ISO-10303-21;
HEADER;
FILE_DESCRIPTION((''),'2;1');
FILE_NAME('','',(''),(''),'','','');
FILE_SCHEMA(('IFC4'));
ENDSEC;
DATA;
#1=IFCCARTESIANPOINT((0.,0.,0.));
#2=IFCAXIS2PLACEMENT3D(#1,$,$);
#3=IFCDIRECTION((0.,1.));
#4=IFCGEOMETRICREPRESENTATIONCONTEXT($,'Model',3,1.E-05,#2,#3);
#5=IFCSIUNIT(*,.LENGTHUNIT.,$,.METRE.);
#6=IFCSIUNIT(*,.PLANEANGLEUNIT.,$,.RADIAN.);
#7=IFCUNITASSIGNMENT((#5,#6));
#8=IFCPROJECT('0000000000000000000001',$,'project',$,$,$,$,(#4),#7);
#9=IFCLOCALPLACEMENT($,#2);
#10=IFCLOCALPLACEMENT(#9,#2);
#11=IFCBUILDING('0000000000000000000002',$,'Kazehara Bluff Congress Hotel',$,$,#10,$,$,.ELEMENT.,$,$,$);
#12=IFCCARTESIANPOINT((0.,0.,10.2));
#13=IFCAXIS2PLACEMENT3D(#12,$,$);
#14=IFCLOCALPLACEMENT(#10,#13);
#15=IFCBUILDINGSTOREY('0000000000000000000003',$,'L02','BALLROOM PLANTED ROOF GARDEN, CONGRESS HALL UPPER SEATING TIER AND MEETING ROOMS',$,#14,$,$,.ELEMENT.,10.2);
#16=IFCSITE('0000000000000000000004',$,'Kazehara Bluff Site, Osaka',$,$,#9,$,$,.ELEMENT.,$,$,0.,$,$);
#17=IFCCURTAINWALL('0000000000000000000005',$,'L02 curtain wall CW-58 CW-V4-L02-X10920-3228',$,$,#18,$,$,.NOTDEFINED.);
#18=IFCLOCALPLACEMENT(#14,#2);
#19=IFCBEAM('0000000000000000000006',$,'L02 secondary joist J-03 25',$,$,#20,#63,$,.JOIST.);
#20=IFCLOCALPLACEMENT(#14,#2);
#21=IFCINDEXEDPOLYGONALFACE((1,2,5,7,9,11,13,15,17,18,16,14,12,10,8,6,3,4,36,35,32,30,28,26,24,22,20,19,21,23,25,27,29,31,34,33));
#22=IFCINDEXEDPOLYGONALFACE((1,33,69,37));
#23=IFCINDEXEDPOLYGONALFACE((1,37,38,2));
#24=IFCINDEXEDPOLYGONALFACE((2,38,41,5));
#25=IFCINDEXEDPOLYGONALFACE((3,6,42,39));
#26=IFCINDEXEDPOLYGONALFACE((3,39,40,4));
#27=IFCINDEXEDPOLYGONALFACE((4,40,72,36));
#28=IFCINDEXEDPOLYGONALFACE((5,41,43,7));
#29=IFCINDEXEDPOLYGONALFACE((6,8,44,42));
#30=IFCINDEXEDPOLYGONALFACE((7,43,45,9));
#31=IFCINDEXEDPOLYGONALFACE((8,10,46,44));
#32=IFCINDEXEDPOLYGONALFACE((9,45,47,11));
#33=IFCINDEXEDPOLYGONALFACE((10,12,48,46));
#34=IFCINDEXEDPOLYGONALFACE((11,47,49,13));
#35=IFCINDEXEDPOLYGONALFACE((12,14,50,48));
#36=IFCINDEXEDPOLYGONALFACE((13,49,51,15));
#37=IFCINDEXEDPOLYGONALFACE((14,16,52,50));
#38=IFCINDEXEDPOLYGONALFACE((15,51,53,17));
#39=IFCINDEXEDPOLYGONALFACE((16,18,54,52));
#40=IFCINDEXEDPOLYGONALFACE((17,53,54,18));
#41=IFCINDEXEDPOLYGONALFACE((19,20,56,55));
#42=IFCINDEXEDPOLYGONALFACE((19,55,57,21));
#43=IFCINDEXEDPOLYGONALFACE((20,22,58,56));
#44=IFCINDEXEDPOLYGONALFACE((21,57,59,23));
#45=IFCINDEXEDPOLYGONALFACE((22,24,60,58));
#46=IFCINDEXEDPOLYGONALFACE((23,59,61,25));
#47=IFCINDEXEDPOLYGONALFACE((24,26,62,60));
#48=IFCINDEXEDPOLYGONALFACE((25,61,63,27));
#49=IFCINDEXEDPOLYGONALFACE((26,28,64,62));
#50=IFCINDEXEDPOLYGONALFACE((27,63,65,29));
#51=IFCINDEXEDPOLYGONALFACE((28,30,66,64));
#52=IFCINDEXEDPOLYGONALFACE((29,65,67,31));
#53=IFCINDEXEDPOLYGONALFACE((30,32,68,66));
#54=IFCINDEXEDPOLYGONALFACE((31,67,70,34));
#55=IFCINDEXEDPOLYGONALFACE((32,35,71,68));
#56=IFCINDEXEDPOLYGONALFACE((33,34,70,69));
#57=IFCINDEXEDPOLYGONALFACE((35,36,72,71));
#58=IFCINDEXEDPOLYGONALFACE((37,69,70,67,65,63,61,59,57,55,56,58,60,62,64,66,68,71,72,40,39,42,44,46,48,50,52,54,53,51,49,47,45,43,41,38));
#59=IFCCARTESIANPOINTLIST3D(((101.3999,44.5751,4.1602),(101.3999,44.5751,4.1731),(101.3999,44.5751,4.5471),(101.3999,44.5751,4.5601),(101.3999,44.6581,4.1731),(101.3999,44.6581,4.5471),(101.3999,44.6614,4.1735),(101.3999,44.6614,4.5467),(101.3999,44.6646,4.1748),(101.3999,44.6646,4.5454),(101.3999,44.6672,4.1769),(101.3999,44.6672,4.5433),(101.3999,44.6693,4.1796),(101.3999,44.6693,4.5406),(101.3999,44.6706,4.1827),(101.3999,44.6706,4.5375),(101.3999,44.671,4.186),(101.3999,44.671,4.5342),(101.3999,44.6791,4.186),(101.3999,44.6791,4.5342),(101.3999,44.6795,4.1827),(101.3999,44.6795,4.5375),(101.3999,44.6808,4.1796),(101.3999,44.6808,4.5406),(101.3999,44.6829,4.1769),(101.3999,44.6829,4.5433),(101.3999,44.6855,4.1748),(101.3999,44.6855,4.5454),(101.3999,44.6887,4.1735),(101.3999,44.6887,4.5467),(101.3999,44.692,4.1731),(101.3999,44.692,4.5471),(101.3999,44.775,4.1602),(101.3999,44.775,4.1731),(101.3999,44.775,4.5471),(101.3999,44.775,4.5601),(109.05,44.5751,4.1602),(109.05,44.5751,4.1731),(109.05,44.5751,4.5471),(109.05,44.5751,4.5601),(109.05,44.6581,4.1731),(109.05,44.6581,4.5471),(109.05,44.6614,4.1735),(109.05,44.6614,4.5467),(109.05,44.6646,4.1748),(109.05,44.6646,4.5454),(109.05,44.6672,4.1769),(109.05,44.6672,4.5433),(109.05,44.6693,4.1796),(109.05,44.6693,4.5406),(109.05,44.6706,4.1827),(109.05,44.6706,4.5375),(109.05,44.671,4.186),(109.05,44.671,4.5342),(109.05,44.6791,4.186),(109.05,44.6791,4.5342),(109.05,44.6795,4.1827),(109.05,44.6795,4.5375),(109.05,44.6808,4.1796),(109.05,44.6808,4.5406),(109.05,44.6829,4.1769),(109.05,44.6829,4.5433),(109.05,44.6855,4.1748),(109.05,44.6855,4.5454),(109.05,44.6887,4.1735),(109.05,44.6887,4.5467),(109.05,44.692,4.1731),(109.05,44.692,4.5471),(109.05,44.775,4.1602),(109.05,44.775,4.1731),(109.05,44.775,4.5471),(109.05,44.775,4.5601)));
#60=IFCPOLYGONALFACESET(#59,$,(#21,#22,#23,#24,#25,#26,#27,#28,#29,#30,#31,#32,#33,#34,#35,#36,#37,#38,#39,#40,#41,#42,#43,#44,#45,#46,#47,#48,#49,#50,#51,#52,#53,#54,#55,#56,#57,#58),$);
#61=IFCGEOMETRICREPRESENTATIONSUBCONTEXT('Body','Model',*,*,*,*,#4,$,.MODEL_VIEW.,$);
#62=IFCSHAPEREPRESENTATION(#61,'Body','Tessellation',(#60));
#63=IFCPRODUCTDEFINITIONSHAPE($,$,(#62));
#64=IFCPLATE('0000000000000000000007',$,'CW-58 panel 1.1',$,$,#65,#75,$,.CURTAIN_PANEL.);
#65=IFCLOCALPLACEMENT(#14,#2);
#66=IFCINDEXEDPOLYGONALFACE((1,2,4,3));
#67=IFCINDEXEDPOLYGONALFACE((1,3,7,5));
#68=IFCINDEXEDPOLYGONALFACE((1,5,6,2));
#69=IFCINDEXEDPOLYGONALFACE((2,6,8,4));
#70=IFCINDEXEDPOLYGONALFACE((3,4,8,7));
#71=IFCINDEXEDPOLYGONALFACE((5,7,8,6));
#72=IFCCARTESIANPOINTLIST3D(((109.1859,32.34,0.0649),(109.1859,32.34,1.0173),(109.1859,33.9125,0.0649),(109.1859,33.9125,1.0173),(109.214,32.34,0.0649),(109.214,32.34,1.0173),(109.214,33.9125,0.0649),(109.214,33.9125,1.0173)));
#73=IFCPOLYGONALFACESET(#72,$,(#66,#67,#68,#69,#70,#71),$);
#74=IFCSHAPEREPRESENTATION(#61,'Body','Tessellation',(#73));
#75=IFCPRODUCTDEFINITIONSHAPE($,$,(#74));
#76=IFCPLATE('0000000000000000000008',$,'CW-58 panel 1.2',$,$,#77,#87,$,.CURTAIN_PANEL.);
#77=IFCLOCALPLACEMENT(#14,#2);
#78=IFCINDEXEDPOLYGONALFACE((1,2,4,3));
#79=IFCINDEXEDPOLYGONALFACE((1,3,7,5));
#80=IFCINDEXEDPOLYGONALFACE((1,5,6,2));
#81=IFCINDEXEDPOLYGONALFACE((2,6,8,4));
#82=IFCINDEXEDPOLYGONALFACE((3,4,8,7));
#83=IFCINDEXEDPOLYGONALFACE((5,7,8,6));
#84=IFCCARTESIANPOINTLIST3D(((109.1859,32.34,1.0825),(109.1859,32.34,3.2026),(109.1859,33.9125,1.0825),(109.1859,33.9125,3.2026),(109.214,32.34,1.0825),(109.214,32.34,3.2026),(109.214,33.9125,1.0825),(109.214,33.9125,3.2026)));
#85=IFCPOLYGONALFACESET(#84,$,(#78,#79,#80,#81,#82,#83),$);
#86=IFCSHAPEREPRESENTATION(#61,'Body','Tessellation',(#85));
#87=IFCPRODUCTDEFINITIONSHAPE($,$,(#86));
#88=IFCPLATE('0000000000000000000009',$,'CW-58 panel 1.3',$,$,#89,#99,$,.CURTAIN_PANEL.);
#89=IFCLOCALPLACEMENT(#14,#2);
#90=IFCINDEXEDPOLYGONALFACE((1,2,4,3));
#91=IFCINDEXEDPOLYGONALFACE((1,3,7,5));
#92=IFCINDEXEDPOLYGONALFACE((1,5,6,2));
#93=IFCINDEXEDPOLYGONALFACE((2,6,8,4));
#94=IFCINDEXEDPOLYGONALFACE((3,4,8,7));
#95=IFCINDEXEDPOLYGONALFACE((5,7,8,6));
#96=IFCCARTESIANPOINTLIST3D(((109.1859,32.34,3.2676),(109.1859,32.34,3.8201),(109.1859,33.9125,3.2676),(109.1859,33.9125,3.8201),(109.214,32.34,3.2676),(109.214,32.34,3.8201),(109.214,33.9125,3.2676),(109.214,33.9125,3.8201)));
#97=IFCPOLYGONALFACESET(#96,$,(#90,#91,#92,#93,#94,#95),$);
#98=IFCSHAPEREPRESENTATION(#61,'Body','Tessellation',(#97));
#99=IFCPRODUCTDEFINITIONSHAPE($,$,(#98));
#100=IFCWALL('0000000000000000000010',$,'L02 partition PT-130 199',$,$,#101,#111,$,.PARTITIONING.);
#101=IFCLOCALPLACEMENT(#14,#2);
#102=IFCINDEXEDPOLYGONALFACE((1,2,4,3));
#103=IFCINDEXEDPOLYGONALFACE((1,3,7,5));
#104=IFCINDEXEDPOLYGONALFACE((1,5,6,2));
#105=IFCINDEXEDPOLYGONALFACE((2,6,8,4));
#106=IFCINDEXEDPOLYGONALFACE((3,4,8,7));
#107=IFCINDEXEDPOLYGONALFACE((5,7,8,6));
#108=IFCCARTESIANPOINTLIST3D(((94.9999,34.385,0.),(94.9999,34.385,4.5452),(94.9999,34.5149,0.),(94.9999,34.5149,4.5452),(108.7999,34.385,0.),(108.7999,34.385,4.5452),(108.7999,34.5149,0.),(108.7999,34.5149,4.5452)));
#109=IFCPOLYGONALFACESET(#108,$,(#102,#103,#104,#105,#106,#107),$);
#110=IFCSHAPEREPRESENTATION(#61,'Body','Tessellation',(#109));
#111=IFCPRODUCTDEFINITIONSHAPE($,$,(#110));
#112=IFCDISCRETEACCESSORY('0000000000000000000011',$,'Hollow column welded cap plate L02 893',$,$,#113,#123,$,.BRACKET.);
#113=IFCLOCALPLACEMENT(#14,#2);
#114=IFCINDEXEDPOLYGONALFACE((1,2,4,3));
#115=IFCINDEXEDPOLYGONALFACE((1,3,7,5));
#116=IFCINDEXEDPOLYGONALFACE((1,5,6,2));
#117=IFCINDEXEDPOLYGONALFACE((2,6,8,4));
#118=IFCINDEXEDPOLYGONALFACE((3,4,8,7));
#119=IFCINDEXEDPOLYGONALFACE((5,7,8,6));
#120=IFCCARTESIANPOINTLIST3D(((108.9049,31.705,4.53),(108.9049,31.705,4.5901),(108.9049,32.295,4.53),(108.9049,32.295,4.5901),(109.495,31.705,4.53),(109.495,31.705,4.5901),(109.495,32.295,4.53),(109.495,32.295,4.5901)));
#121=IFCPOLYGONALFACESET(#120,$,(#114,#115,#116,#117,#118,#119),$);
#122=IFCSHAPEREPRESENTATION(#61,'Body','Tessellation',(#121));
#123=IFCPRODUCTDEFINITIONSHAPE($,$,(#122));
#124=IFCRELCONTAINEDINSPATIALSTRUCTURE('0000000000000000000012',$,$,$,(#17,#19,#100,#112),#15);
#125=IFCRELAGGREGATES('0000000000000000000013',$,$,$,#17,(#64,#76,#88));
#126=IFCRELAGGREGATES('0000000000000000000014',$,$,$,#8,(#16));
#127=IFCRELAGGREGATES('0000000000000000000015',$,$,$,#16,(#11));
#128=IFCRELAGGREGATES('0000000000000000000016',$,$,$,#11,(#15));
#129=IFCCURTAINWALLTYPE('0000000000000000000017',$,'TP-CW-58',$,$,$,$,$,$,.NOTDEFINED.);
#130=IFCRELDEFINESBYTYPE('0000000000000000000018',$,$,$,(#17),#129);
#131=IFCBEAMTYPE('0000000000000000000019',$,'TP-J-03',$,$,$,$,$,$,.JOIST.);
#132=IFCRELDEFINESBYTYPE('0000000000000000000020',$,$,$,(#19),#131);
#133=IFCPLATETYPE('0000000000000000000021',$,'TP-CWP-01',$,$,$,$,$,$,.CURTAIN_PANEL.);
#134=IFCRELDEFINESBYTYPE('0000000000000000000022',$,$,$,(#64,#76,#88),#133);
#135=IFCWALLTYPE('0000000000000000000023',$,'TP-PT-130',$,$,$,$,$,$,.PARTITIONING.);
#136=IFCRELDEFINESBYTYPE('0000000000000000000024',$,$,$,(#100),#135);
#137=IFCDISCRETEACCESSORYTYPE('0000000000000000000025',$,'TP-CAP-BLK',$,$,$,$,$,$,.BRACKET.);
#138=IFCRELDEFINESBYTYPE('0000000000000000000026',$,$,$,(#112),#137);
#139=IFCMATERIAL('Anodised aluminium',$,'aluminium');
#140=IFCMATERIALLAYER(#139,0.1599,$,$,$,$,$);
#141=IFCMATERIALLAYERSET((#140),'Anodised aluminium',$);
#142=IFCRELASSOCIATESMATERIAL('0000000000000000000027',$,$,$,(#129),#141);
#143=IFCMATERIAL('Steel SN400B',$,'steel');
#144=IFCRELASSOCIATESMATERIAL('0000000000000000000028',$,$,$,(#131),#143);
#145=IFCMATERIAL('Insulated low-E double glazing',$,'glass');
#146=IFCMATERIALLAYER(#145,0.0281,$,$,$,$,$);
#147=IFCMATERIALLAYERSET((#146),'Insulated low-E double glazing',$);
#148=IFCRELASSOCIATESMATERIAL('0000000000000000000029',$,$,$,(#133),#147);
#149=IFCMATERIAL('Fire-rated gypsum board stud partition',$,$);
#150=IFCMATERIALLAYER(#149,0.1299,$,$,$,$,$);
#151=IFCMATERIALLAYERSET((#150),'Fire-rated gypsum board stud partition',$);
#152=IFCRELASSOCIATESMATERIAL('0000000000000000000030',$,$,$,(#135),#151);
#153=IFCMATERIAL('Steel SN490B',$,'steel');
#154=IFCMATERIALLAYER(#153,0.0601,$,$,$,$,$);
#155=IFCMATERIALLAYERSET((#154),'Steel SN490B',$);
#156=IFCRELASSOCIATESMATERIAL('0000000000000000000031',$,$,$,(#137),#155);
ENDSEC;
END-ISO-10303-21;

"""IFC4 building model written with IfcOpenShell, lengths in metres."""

from ifc_helpers import new_model, si_unit, direction, frame, frame_2d, origin, origin_2d, place, context, subcontext, project, spatial, rectangle, i_section, extrude, material, layer, layer_set, material_profile, profile_set, type_object, element, aggregate, save


model = new_model("IFC4")

# Units and contexts
model_context = context("Model", 3, precision=1e-05, world=origin(), true_north=direction((0.0, 1.0)))
body_context = subcontext(model_context, "Body", "Model", "MODEL_VIEW")
ifc_project = project(units=[si_unit("LENGTHUNIT", "METRE"), si_unit("PLANEANGLEUNIT", "RADIAN")], contexts=[model_context])

# Site, building, storey
site_placement = place(None, origin())
site = spatial("IfcSite", under=ifc_project, at=site_placement, Name="Kazehara Bluff Site, Osaka", CompositionType="ELEMENT", RefElevation=0.0)
building_placement = place(site_placement, origin())
building = spatial("IfcBuilding", under=site, at=building_placement, Name="Kazehara Bluff Congress Hotel", CompositionType="ELEMENT")
storey_placement = place(building_placement, frame((0.0, 0.0, 10.2)))
storey = spatial("IfcBuildingStorey", under=building, at=storey_placement, Name="L02", Description="BALLROOM PLANTED ROOF GARDEN, CONGRESS HALL UPPER SEATING TIER AND MEETING ROOMS", CompositionType="ELEMENT", Elevation=10.2)

# Curtain wall
ifc_material_1 = material(Name="Anodised aluminium", Category="aluminium")
ifc_layer_1 = layer(ifc_material_1, 0.1599)
ifc_layer_set_1 = layer_set([ifc_layer_1], Name="Anodised aluminium")
curtain_wall_type = type_object("IfcCurtainWallType", Name="TP-CW-58", PredefinedType="NOTDEFINED", material=ifc_layer_set_1)
curtain_wall_placement = place(storey_placement, origin())
curtain_wall = element("IfcCurtainWall", 1, at=curtain_wall_placement, inside=storey, type_object=curtain_wall_type, Name="L02 curtain wall CW-58 CW-V4-L02-X10920-3228", PredefinedType="NOTDEFINED")

# Beam
ifc_material_2 = material(Name="Steel SN400B", Category="steel")
ifc_material_profile_1 = material_profile(ifc_material_2, i_section(OverallWidth=0.2, OverallDepth=0.3999, WebThickness=0.0081, FlangeThickness=0.0129, FilletRadius=0.0129, at=origin_2d()))
ifc_profile_set_1 = profile_set([ifc_material_profile_1], Name="Steel SN400B")
beam_type_1 = type_object("IfcBeamType", Name="TP-J-03", PredefinedType="JOIST", material=ifc_profile_set_1)
for number, where, z_axis, x_axis, name in (
    (2, (101.3999, 44.675, 4.3601), (1.0, 0.0, 0.0), (0.0, 1.0, 0.0), "L02 secondary joist J-03 25"),
):
    element("IfcBeam", number, at=place(storey_placement, frame(where, z_axis=z_axis, x_axis=x_axis)), inside=storey, type_object=beam_type_1, Name=name, PredefinedType="JOIST", context=body_context, shape_type="SweptSolid", body=[
        extrude(i_section(OverallWidth=0.2, OverallDepth=0.3999, WebThickness=0.0081, FlangeThickness=0.0129, FilletRadius=0.0129, at=origin_2d()), origin(), (0.0, 0.0, 1.0), 7.6501),
    ])

# Plates
ifc_material_3 = material(Name="Insulated low-E double glazing", Category="glass")
ifc_layer_2 = layer(ifc_material_3, 0.0281)
ifc_layer_set_2 = layer_set([ifc_layer_2], Name="Insulated low-E double glazing")
plate_type = type_object("IfcPlateType", Name="TP-CWP-01", PredefinedType="CURTAIN_PANEL", material=ifc_layer_set_2)
plate_1_placement = place(storey_placement, frame((109.2, 33.1262, 0.0649), z_axis=(0.0, 0.0, 1.0), x_axis=(0.0, 1.0, 0.0)))
plate_1 = element("IfcPlate", 3, at=plate_1_placement, type_object=plate_type, Name="CW-58 panel 1.1", PredefinedType="CURTAIN_PANEL", context=body_context, shape_type="SweptSolid", body=[
    extrude(rectangle(XDim=1.5725, YDim=0.0281, at=origin_2d()), origin(), (0.0, 0.0, 1.0), 0.9524),
])
plate_2_placement = place(storey_placement, frame((109.2, 33.1262, 1.0825), z_axis=(0.0, 0.0, 1.0), x_axis=(0.0, 1.0, 0.0)))
plate_2 = element("IfcPlate", 4, at=plate_2_placement, type_object=plate_type, Name="CW-58 panel 1.2", PredefinedType="CURTAIN_PANEL", context=body_context, shape_type="SweptSolid", body=[
    extrude(rectangle(XDim=1.5725, YDim=0.0281, at=origin_2d()), origin(), (0.0, 0.0, 1.0), 2.1201),
])
plate_3_placement = place(storey_placement, frame((109.2, 33.1262, 3.2676), z_axis=(0.0, 0.0, 1.0), x_axis=(0.0, 1.0, 0.0)))
plate_3 = element("IfcPlate", 5, at=plate_3_placement, type_object=plate_type, Name="CW-58 panel 1.3", PredefinedType="CURTAIN_PANEL", context=body_context, shape_type="SweptSolid", body=[
    extrude(rectangle(XDim=1.5725, YDim=0.0281, at=origin_2d()), origin(), (0.0, 0.0, 1.0), 0.5525),
])
aggregate(curtain_wall, [plate_1, plate_2, plate_3])

# Wall
ifc_material_4 = material(Name="Fire-rated gypsum board stud partition")
ifc_layer_3 = layer(ifc_material_4, 0.1299)
ifc_layer_set_3 = layer_set([ifc_layer_3], Name="Fire-rated gypsum board stud partition")
wall_type = type_object("IfcWallType", Name="TP-PT-130", PredefinedType="PARTITIONING", material=ifc_layer_set_3)
wall_placement = place(storey_placement, frame((95.0, 34.45, 0.0), z_axis=(0.0, 0.0, 1.0), x_axis=(1.0, 0.0, 0.0)))
element("IfcWall", 6, at=wall_placement, inside=storey, type_object=wall_type, Name="L02 partition PT-130 199", PredefinedType="PARTITIONING", context=body_context, shape_type="SweptSolid", body=[
    extrude(rectangle(XDim=13.8, YDim=0.1299, at=frame_2d((6.8999, 0.0))), origin(), (0.0, 0.0, 1.0), 4.5452),
])

# Discrete accessory
ifc_material_5 = material(Name="Steel SN490B", Category="steel")
ifc_layer_4 = layer(ifc_material_5, 0.0601)
ifc_layer_set_4 = layer_set([ifc_layer_4], Name="Steel SN490B")
discrete_accessory_type = type_object("IfcDiscreteAccessoryType", Name="TP-CAP-BLK", PredefinedType="BRACKET", material=ifc_layer_set_4)
discrete_accessory_placement = place(storey_placement, frame((109.2, 32.0, 4.53), z_axis=(0.0, 0.0, 1.0), x_axis=(1.0, 0.0, 0.0)))
element("IfcDiscreteAccessory", 7, at=discrete_accessory_placement, inside=storey, type_object=discrete_accessory_type, Name="Hollow column welded cap plate L02 893", PredefinedType="BRACKET", context=body_context, shape_type="SweptSolid", body=[
    extrude(rectangle(XDim=0.5901, YDim=0.5901, at=origin_2d()), origin(), (0.0, 0.0, 1.0), 0.0601),
])

save(model, "model.ifc")
